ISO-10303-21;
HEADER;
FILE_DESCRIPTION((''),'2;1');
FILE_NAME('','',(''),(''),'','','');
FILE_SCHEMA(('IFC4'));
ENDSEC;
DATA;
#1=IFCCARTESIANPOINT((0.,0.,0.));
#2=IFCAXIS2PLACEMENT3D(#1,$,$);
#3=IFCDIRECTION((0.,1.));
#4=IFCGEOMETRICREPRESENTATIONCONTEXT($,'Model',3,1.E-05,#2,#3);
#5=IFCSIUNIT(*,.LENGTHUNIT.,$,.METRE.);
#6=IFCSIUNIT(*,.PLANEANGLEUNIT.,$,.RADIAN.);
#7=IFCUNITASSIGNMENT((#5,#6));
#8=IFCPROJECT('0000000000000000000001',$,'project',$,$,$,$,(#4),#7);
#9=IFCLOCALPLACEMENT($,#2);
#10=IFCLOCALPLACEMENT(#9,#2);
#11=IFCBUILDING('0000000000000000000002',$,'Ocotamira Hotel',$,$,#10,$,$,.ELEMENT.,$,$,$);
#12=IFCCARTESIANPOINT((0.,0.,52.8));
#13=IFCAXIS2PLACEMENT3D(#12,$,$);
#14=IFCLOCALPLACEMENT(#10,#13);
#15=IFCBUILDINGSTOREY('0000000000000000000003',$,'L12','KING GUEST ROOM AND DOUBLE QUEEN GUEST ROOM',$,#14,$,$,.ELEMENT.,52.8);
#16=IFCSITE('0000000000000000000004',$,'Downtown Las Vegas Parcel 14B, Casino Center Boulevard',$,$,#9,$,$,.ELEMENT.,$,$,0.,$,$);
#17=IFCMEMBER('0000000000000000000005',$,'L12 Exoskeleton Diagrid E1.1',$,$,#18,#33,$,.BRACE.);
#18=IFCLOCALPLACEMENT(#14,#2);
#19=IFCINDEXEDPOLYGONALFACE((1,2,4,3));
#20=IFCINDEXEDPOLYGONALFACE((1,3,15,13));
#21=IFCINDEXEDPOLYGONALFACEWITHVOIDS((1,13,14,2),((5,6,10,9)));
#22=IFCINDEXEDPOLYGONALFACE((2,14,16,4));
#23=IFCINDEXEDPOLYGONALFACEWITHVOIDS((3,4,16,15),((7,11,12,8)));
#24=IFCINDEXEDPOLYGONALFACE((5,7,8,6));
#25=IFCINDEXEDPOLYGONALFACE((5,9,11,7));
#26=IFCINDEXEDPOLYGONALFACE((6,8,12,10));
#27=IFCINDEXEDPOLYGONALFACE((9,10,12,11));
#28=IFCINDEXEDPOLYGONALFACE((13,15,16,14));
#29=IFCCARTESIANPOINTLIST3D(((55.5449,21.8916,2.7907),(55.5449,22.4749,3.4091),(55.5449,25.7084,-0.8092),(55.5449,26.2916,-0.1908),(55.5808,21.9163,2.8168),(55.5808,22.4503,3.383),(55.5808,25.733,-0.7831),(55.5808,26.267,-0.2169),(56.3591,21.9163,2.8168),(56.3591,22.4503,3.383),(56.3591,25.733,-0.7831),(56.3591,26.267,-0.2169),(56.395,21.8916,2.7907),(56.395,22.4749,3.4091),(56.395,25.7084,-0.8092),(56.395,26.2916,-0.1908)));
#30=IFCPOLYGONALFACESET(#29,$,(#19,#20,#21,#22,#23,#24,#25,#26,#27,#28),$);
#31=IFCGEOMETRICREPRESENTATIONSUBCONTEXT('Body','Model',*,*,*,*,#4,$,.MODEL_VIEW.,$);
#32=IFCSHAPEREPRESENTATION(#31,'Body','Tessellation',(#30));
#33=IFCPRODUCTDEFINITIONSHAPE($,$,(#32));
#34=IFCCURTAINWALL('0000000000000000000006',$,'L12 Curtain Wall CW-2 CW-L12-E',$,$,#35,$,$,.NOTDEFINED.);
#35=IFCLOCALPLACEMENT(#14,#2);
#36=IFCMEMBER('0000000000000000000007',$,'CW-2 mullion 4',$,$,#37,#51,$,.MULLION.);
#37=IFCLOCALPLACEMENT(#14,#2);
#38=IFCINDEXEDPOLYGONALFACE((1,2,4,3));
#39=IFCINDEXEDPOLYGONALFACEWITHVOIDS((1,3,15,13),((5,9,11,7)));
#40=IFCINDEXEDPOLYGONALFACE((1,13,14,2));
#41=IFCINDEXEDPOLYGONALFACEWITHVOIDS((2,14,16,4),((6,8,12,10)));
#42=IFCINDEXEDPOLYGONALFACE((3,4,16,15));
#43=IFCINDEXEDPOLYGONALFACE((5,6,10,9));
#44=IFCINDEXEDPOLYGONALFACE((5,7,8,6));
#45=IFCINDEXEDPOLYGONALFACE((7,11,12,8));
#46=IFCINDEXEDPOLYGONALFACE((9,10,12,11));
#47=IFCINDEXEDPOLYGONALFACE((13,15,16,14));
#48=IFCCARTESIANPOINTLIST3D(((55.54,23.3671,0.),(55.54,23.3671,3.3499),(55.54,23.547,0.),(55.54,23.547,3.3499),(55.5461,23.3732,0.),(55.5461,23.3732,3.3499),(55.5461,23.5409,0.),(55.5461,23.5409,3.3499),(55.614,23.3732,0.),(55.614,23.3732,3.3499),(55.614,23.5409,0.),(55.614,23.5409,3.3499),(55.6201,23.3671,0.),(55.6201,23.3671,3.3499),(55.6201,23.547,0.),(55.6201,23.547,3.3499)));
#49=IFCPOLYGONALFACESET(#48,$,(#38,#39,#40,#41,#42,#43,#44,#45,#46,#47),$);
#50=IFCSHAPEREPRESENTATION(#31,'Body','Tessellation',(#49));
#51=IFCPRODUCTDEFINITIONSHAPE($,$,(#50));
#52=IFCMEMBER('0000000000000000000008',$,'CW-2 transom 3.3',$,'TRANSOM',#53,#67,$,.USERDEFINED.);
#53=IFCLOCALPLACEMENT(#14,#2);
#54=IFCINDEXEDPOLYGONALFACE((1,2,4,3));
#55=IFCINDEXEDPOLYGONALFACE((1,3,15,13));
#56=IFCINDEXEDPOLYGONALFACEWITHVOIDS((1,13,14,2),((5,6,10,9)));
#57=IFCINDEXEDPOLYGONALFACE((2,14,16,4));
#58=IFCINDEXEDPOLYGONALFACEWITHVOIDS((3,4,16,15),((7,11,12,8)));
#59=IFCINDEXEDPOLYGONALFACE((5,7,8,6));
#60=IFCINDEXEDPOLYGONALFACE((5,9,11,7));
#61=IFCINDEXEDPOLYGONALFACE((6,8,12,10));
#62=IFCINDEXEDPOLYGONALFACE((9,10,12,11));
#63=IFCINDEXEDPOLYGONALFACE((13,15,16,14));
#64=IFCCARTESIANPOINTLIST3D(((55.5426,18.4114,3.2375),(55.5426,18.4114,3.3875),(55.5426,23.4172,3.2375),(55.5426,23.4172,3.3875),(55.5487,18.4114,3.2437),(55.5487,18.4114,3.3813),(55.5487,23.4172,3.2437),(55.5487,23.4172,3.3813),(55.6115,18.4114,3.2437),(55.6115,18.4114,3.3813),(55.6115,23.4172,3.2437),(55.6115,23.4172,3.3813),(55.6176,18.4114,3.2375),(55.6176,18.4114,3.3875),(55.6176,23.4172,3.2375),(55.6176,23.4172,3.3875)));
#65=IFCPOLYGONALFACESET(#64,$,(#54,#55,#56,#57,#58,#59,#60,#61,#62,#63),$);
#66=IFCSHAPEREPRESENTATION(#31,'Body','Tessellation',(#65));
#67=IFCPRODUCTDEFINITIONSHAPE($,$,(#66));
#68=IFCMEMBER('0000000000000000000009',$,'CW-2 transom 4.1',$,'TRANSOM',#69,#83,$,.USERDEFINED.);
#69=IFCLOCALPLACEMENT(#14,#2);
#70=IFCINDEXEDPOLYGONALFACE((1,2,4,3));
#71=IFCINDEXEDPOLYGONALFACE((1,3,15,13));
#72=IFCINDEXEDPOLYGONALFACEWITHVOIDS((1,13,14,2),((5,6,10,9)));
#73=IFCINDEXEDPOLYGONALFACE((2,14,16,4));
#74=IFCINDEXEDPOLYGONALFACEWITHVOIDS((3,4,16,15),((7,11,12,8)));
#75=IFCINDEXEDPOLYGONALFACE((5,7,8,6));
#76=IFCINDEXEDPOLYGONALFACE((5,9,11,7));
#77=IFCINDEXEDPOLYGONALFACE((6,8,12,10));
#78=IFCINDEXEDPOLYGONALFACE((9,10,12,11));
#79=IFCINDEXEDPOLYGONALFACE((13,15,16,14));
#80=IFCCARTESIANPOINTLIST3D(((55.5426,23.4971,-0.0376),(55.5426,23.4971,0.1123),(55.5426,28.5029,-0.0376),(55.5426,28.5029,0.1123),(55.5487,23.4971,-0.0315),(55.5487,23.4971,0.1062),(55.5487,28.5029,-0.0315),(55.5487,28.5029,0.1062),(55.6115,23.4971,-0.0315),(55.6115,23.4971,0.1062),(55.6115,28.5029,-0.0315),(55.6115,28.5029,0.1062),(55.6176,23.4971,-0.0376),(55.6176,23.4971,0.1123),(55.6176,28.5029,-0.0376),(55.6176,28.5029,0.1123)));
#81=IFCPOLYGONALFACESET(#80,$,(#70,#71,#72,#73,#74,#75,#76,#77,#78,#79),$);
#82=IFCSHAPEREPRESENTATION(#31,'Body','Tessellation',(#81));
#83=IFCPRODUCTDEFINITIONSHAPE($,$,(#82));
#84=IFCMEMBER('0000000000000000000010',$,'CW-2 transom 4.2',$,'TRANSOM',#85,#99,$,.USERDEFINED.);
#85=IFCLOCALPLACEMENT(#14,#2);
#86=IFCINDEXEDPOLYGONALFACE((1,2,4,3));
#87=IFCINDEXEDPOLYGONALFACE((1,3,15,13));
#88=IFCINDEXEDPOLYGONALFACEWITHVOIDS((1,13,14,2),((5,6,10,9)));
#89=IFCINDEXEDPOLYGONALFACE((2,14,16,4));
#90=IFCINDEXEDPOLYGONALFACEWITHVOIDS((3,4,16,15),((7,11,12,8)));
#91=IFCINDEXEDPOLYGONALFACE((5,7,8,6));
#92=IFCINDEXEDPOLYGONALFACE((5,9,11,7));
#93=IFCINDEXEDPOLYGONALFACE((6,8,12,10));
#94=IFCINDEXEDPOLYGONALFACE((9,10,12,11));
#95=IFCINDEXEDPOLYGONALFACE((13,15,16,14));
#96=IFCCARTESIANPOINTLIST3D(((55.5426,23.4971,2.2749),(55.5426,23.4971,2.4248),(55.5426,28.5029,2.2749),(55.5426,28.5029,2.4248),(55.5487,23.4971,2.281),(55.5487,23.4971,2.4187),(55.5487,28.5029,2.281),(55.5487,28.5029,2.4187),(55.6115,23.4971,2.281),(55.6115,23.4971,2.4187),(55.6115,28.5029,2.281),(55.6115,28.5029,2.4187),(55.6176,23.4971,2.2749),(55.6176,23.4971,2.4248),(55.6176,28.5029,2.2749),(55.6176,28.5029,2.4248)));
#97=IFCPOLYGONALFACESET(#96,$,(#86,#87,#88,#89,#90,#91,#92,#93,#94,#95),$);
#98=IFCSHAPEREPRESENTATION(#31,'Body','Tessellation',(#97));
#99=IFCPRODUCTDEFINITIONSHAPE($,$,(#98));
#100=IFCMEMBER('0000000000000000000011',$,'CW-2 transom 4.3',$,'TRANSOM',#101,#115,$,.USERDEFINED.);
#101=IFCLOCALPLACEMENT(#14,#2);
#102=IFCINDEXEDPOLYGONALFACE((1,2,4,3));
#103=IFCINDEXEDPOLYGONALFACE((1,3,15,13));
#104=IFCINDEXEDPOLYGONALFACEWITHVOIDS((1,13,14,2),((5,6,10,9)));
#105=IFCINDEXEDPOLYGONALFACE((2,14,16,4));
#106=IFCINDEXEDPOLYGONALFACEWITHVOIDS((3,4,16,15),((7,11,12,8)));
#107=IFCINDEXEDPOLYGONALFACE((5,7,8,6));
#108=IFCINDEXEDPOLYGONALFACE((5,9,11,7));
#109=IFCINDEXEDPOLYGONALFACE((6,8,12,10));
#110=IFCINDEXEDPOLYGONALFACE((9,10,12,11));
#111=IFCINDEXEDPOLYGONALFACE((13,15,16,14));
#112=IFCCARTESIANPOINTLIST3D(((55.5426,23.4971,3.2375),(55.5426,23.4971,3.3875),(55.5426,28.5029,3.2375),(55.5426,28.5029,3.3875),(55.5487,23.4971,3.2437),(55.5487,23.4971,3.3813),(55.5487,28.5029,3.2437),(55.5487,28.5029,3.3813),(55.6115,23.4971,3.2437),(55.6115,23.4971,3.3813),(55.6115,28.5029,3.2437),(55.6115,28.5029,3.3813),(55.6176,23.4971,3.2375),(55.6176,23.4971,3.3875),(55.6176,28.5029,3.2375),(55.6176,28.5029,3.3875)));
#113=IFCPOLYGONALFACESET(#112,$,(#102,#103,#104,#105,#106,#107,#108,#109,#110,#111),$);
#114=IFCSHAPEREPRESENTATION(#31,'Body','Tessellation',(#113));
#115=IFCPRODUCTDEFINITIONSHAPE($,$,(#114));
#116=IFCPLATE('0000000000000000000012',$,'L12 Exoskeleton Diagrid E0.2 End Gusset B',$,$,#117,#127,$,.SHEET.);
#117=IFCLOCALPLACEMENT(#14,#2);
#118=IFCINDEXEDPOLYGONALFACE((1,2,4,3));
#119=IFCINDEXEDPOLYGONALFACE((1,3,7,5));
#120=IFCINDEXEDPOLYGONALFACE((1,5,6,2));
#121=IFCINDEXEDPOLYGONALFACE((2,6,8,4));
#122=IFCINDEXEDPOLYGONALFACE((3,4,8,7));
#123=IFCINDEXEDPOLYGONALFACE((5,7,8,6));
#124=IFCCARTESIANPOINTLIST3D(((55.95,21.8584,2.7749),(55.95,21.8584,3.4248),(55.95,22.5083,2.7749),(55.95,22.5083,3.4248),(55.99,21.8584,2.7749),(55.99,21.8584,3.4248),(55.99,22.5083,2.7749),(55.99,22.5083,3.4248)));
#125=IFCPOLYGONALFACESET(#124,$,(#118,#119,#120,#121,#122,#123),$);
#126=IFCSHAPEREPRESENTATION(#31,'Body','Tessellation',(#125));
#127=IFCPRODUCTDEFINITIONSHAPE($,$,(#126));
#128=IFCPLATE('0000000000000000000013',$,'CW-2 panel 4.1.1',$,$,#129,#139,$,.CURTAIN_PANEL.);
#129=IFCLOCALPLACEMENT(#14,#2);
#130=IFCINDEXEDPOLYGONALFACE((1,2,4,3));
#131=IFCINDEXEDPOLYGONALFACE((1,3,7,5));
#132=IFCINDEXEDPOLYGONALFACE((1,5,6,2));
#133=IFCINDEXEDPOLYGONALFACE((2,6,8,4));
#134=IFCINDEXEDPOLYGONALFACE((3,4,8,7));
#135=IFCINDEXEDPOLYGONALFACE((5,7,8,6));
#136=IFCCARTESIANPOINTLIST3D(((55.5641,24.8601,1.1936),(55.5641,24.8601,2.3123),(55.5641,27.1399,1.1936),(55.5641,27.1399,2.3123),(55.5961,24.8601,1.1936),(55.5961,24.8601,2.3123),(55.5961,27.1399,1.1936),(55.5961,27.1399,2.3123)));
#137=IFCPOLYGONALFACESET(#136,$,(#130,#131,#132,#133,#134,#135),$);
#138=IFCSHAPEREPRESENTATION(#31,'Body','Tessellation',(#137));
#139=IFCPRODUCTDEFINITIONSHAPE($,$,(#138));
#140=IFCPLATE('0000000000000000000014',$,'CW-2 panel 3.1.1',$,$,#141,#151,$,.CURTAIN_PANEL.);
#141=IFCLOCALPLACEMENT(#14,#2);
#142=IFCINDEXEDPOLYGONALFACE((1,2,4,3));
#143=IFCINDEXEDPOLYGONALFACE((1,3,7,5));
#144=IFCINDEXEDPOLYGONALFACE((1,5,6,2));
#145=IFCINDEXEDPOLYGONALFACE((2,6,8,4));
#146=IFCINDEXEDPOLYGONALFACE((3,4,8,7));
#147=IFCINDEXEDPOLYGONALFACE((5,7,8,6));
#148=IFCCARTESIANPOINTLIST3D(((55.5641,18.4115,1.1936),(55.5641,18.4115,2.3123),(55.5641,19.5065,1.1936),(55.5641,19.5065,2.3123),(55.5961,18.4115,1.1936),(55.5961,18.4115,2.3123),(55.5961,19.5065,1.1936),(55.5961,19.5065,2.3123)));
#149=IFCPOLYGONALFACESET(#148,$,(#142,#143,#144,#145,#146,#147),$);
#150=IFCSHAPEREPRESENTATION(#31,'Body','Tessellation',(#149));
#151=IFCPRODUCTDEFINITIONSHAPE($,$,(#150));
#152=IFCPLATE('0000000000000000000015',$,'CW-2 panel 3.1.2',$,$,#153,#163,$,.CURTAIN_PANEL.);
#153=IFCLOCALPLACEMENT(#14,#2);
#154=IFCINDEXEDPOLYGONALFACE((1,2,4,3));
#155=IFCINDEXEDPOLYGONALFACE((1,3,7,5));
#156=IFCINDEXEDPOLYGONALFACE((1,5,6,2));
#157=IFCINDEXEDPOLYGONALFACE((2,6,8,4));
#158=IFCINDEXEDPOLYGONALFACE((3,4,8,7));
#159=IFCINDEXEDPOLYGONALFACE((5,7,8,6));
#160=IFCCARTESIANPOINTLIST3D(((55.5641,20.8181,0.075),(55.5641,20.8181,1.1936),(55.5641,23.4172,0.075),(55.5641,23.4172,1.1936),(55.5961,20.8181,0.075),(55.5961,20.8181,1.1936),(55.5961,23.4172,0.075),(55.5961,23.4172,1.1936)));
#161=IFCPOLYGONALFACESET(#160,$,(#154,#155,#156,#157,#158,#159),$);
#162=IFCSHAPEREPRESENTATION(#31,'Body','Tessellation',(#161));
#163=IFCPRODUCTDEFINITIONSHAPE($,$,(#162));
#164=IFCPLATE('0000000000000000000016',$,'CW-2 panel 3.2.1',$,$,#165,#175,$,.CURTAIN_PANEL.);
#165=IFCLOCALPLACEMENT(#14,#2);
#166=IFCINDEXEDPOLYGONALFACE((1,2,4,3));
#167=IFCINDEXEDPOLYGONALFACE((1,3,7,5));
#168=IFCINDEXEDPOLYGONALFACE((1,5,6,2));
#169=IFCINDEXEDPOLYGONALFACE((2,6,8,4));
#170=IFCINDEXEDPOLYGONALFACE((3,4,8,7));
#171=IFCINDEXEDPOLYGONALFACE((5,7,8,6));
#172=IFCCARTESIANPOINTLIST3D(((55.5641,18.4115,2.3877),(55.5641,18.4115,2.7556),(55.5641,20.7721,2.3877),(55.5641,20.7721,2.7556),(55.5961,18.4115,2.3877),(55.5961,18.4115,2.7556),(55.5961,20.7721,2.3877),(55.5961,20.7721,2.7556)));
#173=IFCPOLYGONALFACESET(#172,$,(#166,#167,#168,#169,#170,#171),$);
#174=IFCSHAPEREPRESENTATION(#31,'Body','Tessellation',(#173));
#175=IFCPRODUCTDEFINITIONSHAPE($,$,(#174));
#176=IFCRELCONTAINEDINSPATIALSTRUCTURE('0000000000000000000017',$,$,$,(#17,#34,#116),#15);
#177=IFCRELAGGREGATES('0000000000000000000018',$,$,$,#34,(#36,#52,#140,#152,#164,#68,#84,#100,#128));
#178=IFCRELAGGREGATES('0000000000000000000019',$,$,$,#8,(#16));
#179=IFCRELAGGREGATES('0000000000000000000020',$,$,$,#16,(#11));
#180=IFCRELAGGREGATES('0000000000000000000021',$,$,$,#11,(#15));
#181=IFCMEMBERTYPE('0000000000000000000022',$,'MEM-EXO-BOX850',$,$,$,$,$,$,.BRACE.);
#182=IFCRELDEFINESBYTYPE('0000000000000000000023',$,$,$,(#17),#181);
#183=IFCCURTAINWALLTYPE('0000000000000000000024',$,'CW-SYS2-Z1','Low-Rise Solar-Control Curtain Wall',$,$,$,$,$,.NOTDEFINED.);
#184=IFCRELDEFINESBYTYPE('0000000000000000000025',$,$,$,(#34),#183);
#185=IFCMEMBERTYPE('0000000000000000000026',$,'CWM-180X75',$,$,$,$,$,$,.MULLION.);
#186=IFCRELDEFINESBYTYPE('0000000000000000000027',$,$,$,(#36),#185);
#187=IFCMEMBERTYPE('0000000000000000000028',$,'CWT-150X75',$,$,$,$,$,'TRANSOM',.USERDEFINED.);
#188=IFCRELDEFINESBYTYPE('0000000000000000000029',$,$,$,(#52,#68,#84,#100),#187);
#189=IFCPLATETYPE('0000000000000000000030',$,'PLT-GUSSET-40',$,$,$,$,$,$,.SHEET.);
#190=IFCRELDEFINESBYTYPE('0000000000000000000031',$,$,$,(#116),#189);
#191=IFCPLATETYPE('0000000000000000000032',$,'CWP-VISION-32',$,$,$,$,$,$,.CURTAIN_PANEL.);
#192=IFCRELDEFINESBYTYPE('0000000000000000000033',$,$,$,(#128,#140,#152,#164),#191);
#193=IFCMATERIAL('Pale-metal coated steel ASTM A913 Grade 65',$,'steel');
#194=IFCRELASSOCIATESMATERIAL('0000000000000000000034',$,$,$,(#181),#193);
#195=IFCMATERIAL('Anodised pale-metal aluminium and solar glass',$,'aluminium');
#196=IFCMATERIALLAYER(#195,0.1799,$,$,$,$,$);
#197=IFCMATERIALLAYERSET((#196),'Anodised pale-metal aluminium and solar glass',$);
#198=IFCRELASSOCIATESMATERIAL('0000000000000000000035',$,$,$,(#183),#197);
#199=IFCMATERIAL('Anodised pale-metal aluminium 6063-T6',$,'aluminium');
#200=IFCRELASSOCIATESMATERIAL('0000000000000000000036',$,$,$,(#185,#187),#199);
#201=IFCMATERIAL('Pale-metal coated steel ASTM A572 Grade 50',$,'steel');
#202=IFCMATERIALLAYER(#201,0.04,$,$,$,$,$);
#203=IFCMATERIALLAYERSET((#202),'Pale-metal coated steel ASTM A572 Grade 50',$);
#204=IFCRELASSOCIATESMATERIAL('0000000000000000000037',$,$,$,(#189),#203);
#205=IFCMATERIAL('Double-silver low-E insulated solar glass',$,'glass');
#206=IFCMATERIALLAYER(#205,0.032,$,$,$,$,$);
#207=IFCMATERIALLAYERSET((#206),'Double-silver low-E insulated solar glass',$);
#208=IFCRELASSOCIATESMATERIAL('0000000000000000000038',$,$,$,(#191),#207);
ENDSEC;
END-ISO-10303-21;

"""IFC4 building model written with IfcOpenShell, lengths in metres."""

from ifc_helpers import new_model, si_unit, direction, frame, origin, origin_2d, place, context, subcontext, project, spatial, rectangle, hollow_rectangle, extrude, source, transform, mapped, material, layer, layer_set, material_profile, profile_set, type_object, element, aggregate, save


model = new_model("IFC4")

# Units and contexts
model_context = context("Model", 3, precision=1e-05, world=origin(), true_north=direction((0.0, 1.0)))
body_context = subcontext(model_context, "Body", "Model", "MODEL_VIEW")
ifc_project = project(units=[si_unit("LENGTHUNIT", "METRE"), si_unit("PLANEANGLEUNIT", "RADIAN")], contexts=[model_context])

# Site, building, storey
site_placement = place(None, origin())
site = spatial("IfcSite", under=ifc_project, at=site_placement, Name="Downtown Las Vegas Parcel 14B, Casino Center Boulevard", CompositionType="ELEMENT", RefElevation=0.0)
building_placement = place(site_placement, origin())
building = spatial("IfcBuilding", under=site, at=building_placement, Name="Ocotamira Hotel", CompositionType="ELEMENT")
storey_placement = place(building_placement, frame((0.0, 0.0, 52.8)))
storey = spatial("IfcBuildingStorey", under=building, at=storey_placement, Name="L12", Description="KING GUEST ROOM AND DOUBLE QUEEN GUEST ROOM", CompositionType="ELEMENT", Elevation=52.8)

# Member
ifc_material_1 = material(Name="Pale-metal coated steel ASTM A913 Grade 65", Category="steel")
ifc_material_profile_1 = material_profile(ifc_material_1, hollow_rectangle(XDim=0.8501, YDim=0.8501, WallThickness=0.0359, at=origin_2d()), Name="BOX850X850X36")
ifc_profile_set_1 = profile_set([ifc_material_profile_1], Name="Pale-metal coated steel ASTM A913 Grade 65")
member_type_1 = type_object("IfcMemberType", Name="MEM-EXO-BOX850", PredefinedType="BRACE", material=ifc_profile_set_1)
shared_shape_1 = source(origin(), body_context, "Body", "SweptSolid", [
    extrude(hollow_rectangle(XDim=0.8501, YDim=0.8501, WallThickness=0.0359, at=origin_2d()), origin(), (0.0, 0.0, 1.0), 5.2466),
])
member_1_placement = place(storey_placement, frame((55.97, 26.0, -0.5), z_axis=(0.0, -0.727466, 0.686144), x_axis=(1.0, 0.0, 0.0)))
element("IfcMember", 1, at=member_1_placement, inside=storey, type_object=member_type_1, Name="L12 Exoskeleton Diagrid E1.1", PredefinedType="BRACE", context=body_context, shape_type="MappedRepresentation", body=[
    mapped(shared_shape_1, transform((0.0, 0.0, 0.0), scale=1.0)),
])

# Curtain wall, members
ifc_material_2 = material(Name="Anodised pale-metal aluminium and solar glass", Category="aluminium")
ifc_layer_1 = layer(ifc_material_2, 0.1799)
ifc_layer_set_1 = layer_set([ifc_layer_1], Name="Anodised pale-metal aluminium and solar glass")
curtain_wall_type = type_object("IfcCurtainWallType", Name="CW-SYS2-Z1", Description="Low-Rise Solar-Control Curtain Wall", PredefinedType="NOTDEFINED", material=ifc_layer_set_1)
curtain_wall_placement = place(storey_placement, origin())
curtain_wall = element("IfcCurtainWall", 2, at=curtain_wall_placement, inside=storey, type_object=curtain_wall_type, Name="L12 Curtain Wall CW-2 CW-L12-E", PredefinedType="NOTDEFINED")
ifc_material_3 = material(Name="Anodised pale-metal aluminium 6063-T6", Category="aluminium")
ifc_material_profile_2 = material_profile(ifc_material_3, hollow_rectangle(XDim=0.0801, YDim=0.1799, WallThickness=0.0061, at=origin_2d()), Name="HSS180X80X6")
ifc_profile_set_2 = profile_set([ifc_material_profile_2], Name="Anodised pale-metal aluminium 6063-T6")
member_type_2 = type_object("IfcMemberType", Name="CWM-180X75", PredefinedType="MULLION", material=ifc_profile_set_2)
shared_shape_2 = source(origin(), body_context, "Body", "SweptSolid", [
    extrude(hollow_rectangle(XDim=0.0801, YDim=0.1799, WallThickness=0.0061, at=origin_2d()), origin(), (0.0, 0.0, 1.0), 3.3499),
])
member_2_placement = place(storey_placement, frame((55.5801, 23.457, 0.0), z_axis=(0.0, 0.0, 1.0), x_axis=(-1.0, 0.0, 0.0)))
member_2 = element("IfcMember", 3, at=member_2_placement, type_object=member_type_2, Name="CW-2 mullion 4", PredefinedType="MULLION", context=body_context, shape_type="MappedRepresentation", body=[
    mapped(shared_shape_2, transform((0.0, 0.0, 0.0), scale=1.0)),
])
ifc_material_profile_3 = material_profile(ifc_material_3, hollow_rectangle(XDim=0.075, YDim=0.1499, WallThickness=0.0061, at=origin_2d()), Name="HSS150X75X6")
ifc_profile_set_3 = profile_set([ifc_material_profile_3], Name="Anodised pale-metal aluminium 6063-T6")
member_type_3 = type_object("IfcMemberType", Name="CWT-150X75", ElementType="TRANSOM", PredefinedType="USERDEFINED", material=ifc_profile_set_3)
shared_shape_3 = source(origin(), body_context, "Body", "SweptSolid", [
    extrude(hollow_rectangle(XDim=0.075, YDim=0.1499, WallThickness=0.0061, at=origin_2d()), origin(), (0.0, 0.0, 1.0), 5.0059),
])
member_3_placement = place(storey_placement, frame((55.5801, 18.4114, 3.3125), z_axis=(0.0, 1.0, 0.0), x_axis=(-1.0, 0.0, 0.0)))
member_3 = element("IfcMember", 4, at=member_3_placement, type_object=member_type_3, Name="CW-2 transom 3.3", ObjectType="TRANSOM", PredefinedType="USERDEFINED", context=body_context, shape_type="MappedRepresentation", body=[
    mapped(shared_shape_3, transform((0.0, 0.0, 0.0), scale=1.0)),
])
member_4_placement = place(storey_placement, frame((55.5801, 23.4971, 0.0374), z_axis=(0.0, 1.0, 0.0), x_axis=(-1.0, 0.0, 0.0)))
member_4 = element("IfcMember", 5, at=member_4_placement, type_object=member_type_3, Name="CW-2 transom 4.1", ObjectType="TRANSOM", PredefinedType="USERDEFINED", context=body_context, shape_type="MappedRepresentation", body=[
    mapped(shared_shape_3, transform((0.0, 0.0, 0.0), scale=1.0)),
])
member_5_placement = place(storey_placement, frame((55.5801, 23.4971, 2.3499), z_axis=(0.0, 1.0, 0.0), x_axis=(-1.0, 0.0, 0.0)))
member_5 = element("IfcMember", 6, at=member_5_placement, type_object=member_type_3, Name="CW-2 transom 4.2", ObjectType="TRANSOM", PredefinedType="USERDEFINED", context=body_context, shape_type="MappedRepresentation", body=[
    mapped(shared_shape_3, transform((0.0, 0.0, 0.0), scale=1.0)),
])
member_6_placement = place(storey_placement, frame((55.5801, 23.4971, 3.3125), z_axis=(0.0, 1.0, 0.0), x_axis=(-1.0, 0.0, 0.0)))
member_6 = element("IfcMember", 7, at=member_6_placement, type_object=member_type_3, Name="CW-2 transom 4.3", ObjectType="TRANSOM", PredefinedType="USERDEFINED", context=body_context, shape_type="MappedRepresentation", body=[
    mapped(shared_shape_3, transform((0.0, 0.0, 0.0), scale=1.0)),
])

# Plates
ifc_material_4 = material(Name="Pale-metal coated steel ASTM A572 Grade 50", Category="steel")
ifc_layer_2 = layer(ifc_material_4, 0.04)
ifc_layer_set_2 = layer_set([ifc_layer_2], Name="Pale-metal coated steel ASTM A572 Grade 50")
plate_type_1 = type_object("IfcPlateType", Name="PLT-GUSSET-40", PredefinedType="SHEET", material=ifc_layer_set_2)
shared_shape_4 = source(origin(), body_context, "Body", "SweptSolid", [
    extrude(rectangle(XDim=0.04, YDim=0.6499, at=origin_2d()), origin(), (0.0, 0.0, 1.0), 0.6499),
])
plate_1_placement = place(storey_placement, frame((55.97, 22.1833, 2.7749), z_axis=(0.0, 0.0, 1.0), x_axis=(1.0, 0.0, 0.0)))
element("IfcPlate", 8, at=plate_1_placement, inside=storey, type_object=plate_type_1, Name="L12 Exoskeleton Diagrid E0.2 End Gusset B", PredefinedType="SHEET", context=body_context, shape_type="MappedRepresentation", body=[
    mapped(shared_shape_4, transform((0.0, 0.0, 0.0), scale=1.0)),
])
ifc_material_5 = material(Name="Double-silver low-E insulated solar glass", Category="glass")
ifc_layer_3 = layer(ifc_material_5, 0.032)
ifc_layer_set_3 = layer_set([ifc_layer_3], Name="Double-silver low-E insulated solar glass")
plate_type_2 = type_object("IfcPlateType", Name="CWP-VISION-32", PredefinedType="CURTAIN_PANEL", material=ifc_layer_set_3)
shared_shape_5 = source(origin(), body_context, "Body", "SweptSolid", [
    extrude(rectangle(XDim=2.2798, YDim=0.032, at=origin_2d()), origin(), (0.0, 0.0, 1.0), 1.1187),
])
plate_2_placement = place(storey_placement, frame((55.5801, 26.0, 1.1936), z_axis=(0.0, 0.0, 1.0), x_axis=(0.0, 1.0, 0.0)))
plate_2 = element("IfcPlate", 9, at=plate_2_placement, type_object=plate_type_2, Name="CW-2 panel 4.1.1", PredefinedType="CURTAIN_PANEL", context=body_context, shape_type="MappedRepresentation", body=[
    mapped(shared_shape_5, transform((0.0, 0.0, 0.0), scale=1.0)),
])
shared_shape_6 = source(origin(), body_context, "Body", "SweptSolid", [
    extrude(rectangle(XDim=1.095, YDim=0.032, at=origin_2d()), origin(), (0.0, 0.0, 1.0), 1.1187),
])
plate_3_placement = place(storey_placement, frame((55.5801, 18.959, 1.1936), z_axis=(0.0, 0.0, 1.0), x_axis=(0.0, 1.0, 0.0)))
plate_3 = element("IfcPlate", 10, at=plate_3_placement, type_object=plate_type_2, Name="CW-2 panel 3.1.1", PredefinedType="CURTAIN_PANEL", context=body_context, shape_type="MappedRepresentation", body=[
    mapped(shared_shape_6, transform((0.0, 0.0, 0.0), scale=1.0)),
])
shared_shape_7 = source(origin(), body_context, "Body", "SweptSolid", [
    extrude(rectangle(XDim=2.5991, YDim=0.032, at=origin_2d()), origin(), (0.0, 0.0, 1.0), 1.1187),
])
plate_4_placement = place(storey_placement, frame((55.5801, 22.1177, 0.075), z_axis=(0.0, 0.0, 1.0), x_axis=(0.0, 1.0, 0.0)))
plate_4 = element("IfcPlate", 11, at=plate_4_placement, type_object=plate_type_2, Name="CW-2 panel 3.1.2", PredefinedType="CURTAIN_PANEL", context=body_context, shape_type="MappedRepresentation", body=[
    mapped(shared_shape_7, transform((0.0, 0.0, 0.0), scale=1.0)),
])
shared_shape_8 = source(origin(), body_context, "Body", "SweptSolid", [
    extrude(rectangle(XDim=2.3606, YDim=0.032, at=origin_2d()), origin(), (0.0, 0.0, 1.0), 0.3679),
])
plate_5_placement = place(storey_placement, frame((55.5801, 19.5918, 2.3877), z_axis=(0.0, 0.0, 1.0), x_axis=(0.0, 1.0, 0.0)))
plate_5 = element("IfcPlate", 12, at=plate_5_placement, type_object=plate_type_2, Name="CW-2 panel 3.2.1", PredefinedType="CURTAIN_PANEL", context=body_context, shape_type="MappedRepresentation", body=[
    mapped(shared_shape_8, transform((0.0, 0.0, 0.0), scale=1.0)),
])
aggregate(curtain_wall, [member_2, member_3, plate_3, plate_4, plate_5, member_4, member_5, member_6, plate_2])

save(model, "model.ifc")
